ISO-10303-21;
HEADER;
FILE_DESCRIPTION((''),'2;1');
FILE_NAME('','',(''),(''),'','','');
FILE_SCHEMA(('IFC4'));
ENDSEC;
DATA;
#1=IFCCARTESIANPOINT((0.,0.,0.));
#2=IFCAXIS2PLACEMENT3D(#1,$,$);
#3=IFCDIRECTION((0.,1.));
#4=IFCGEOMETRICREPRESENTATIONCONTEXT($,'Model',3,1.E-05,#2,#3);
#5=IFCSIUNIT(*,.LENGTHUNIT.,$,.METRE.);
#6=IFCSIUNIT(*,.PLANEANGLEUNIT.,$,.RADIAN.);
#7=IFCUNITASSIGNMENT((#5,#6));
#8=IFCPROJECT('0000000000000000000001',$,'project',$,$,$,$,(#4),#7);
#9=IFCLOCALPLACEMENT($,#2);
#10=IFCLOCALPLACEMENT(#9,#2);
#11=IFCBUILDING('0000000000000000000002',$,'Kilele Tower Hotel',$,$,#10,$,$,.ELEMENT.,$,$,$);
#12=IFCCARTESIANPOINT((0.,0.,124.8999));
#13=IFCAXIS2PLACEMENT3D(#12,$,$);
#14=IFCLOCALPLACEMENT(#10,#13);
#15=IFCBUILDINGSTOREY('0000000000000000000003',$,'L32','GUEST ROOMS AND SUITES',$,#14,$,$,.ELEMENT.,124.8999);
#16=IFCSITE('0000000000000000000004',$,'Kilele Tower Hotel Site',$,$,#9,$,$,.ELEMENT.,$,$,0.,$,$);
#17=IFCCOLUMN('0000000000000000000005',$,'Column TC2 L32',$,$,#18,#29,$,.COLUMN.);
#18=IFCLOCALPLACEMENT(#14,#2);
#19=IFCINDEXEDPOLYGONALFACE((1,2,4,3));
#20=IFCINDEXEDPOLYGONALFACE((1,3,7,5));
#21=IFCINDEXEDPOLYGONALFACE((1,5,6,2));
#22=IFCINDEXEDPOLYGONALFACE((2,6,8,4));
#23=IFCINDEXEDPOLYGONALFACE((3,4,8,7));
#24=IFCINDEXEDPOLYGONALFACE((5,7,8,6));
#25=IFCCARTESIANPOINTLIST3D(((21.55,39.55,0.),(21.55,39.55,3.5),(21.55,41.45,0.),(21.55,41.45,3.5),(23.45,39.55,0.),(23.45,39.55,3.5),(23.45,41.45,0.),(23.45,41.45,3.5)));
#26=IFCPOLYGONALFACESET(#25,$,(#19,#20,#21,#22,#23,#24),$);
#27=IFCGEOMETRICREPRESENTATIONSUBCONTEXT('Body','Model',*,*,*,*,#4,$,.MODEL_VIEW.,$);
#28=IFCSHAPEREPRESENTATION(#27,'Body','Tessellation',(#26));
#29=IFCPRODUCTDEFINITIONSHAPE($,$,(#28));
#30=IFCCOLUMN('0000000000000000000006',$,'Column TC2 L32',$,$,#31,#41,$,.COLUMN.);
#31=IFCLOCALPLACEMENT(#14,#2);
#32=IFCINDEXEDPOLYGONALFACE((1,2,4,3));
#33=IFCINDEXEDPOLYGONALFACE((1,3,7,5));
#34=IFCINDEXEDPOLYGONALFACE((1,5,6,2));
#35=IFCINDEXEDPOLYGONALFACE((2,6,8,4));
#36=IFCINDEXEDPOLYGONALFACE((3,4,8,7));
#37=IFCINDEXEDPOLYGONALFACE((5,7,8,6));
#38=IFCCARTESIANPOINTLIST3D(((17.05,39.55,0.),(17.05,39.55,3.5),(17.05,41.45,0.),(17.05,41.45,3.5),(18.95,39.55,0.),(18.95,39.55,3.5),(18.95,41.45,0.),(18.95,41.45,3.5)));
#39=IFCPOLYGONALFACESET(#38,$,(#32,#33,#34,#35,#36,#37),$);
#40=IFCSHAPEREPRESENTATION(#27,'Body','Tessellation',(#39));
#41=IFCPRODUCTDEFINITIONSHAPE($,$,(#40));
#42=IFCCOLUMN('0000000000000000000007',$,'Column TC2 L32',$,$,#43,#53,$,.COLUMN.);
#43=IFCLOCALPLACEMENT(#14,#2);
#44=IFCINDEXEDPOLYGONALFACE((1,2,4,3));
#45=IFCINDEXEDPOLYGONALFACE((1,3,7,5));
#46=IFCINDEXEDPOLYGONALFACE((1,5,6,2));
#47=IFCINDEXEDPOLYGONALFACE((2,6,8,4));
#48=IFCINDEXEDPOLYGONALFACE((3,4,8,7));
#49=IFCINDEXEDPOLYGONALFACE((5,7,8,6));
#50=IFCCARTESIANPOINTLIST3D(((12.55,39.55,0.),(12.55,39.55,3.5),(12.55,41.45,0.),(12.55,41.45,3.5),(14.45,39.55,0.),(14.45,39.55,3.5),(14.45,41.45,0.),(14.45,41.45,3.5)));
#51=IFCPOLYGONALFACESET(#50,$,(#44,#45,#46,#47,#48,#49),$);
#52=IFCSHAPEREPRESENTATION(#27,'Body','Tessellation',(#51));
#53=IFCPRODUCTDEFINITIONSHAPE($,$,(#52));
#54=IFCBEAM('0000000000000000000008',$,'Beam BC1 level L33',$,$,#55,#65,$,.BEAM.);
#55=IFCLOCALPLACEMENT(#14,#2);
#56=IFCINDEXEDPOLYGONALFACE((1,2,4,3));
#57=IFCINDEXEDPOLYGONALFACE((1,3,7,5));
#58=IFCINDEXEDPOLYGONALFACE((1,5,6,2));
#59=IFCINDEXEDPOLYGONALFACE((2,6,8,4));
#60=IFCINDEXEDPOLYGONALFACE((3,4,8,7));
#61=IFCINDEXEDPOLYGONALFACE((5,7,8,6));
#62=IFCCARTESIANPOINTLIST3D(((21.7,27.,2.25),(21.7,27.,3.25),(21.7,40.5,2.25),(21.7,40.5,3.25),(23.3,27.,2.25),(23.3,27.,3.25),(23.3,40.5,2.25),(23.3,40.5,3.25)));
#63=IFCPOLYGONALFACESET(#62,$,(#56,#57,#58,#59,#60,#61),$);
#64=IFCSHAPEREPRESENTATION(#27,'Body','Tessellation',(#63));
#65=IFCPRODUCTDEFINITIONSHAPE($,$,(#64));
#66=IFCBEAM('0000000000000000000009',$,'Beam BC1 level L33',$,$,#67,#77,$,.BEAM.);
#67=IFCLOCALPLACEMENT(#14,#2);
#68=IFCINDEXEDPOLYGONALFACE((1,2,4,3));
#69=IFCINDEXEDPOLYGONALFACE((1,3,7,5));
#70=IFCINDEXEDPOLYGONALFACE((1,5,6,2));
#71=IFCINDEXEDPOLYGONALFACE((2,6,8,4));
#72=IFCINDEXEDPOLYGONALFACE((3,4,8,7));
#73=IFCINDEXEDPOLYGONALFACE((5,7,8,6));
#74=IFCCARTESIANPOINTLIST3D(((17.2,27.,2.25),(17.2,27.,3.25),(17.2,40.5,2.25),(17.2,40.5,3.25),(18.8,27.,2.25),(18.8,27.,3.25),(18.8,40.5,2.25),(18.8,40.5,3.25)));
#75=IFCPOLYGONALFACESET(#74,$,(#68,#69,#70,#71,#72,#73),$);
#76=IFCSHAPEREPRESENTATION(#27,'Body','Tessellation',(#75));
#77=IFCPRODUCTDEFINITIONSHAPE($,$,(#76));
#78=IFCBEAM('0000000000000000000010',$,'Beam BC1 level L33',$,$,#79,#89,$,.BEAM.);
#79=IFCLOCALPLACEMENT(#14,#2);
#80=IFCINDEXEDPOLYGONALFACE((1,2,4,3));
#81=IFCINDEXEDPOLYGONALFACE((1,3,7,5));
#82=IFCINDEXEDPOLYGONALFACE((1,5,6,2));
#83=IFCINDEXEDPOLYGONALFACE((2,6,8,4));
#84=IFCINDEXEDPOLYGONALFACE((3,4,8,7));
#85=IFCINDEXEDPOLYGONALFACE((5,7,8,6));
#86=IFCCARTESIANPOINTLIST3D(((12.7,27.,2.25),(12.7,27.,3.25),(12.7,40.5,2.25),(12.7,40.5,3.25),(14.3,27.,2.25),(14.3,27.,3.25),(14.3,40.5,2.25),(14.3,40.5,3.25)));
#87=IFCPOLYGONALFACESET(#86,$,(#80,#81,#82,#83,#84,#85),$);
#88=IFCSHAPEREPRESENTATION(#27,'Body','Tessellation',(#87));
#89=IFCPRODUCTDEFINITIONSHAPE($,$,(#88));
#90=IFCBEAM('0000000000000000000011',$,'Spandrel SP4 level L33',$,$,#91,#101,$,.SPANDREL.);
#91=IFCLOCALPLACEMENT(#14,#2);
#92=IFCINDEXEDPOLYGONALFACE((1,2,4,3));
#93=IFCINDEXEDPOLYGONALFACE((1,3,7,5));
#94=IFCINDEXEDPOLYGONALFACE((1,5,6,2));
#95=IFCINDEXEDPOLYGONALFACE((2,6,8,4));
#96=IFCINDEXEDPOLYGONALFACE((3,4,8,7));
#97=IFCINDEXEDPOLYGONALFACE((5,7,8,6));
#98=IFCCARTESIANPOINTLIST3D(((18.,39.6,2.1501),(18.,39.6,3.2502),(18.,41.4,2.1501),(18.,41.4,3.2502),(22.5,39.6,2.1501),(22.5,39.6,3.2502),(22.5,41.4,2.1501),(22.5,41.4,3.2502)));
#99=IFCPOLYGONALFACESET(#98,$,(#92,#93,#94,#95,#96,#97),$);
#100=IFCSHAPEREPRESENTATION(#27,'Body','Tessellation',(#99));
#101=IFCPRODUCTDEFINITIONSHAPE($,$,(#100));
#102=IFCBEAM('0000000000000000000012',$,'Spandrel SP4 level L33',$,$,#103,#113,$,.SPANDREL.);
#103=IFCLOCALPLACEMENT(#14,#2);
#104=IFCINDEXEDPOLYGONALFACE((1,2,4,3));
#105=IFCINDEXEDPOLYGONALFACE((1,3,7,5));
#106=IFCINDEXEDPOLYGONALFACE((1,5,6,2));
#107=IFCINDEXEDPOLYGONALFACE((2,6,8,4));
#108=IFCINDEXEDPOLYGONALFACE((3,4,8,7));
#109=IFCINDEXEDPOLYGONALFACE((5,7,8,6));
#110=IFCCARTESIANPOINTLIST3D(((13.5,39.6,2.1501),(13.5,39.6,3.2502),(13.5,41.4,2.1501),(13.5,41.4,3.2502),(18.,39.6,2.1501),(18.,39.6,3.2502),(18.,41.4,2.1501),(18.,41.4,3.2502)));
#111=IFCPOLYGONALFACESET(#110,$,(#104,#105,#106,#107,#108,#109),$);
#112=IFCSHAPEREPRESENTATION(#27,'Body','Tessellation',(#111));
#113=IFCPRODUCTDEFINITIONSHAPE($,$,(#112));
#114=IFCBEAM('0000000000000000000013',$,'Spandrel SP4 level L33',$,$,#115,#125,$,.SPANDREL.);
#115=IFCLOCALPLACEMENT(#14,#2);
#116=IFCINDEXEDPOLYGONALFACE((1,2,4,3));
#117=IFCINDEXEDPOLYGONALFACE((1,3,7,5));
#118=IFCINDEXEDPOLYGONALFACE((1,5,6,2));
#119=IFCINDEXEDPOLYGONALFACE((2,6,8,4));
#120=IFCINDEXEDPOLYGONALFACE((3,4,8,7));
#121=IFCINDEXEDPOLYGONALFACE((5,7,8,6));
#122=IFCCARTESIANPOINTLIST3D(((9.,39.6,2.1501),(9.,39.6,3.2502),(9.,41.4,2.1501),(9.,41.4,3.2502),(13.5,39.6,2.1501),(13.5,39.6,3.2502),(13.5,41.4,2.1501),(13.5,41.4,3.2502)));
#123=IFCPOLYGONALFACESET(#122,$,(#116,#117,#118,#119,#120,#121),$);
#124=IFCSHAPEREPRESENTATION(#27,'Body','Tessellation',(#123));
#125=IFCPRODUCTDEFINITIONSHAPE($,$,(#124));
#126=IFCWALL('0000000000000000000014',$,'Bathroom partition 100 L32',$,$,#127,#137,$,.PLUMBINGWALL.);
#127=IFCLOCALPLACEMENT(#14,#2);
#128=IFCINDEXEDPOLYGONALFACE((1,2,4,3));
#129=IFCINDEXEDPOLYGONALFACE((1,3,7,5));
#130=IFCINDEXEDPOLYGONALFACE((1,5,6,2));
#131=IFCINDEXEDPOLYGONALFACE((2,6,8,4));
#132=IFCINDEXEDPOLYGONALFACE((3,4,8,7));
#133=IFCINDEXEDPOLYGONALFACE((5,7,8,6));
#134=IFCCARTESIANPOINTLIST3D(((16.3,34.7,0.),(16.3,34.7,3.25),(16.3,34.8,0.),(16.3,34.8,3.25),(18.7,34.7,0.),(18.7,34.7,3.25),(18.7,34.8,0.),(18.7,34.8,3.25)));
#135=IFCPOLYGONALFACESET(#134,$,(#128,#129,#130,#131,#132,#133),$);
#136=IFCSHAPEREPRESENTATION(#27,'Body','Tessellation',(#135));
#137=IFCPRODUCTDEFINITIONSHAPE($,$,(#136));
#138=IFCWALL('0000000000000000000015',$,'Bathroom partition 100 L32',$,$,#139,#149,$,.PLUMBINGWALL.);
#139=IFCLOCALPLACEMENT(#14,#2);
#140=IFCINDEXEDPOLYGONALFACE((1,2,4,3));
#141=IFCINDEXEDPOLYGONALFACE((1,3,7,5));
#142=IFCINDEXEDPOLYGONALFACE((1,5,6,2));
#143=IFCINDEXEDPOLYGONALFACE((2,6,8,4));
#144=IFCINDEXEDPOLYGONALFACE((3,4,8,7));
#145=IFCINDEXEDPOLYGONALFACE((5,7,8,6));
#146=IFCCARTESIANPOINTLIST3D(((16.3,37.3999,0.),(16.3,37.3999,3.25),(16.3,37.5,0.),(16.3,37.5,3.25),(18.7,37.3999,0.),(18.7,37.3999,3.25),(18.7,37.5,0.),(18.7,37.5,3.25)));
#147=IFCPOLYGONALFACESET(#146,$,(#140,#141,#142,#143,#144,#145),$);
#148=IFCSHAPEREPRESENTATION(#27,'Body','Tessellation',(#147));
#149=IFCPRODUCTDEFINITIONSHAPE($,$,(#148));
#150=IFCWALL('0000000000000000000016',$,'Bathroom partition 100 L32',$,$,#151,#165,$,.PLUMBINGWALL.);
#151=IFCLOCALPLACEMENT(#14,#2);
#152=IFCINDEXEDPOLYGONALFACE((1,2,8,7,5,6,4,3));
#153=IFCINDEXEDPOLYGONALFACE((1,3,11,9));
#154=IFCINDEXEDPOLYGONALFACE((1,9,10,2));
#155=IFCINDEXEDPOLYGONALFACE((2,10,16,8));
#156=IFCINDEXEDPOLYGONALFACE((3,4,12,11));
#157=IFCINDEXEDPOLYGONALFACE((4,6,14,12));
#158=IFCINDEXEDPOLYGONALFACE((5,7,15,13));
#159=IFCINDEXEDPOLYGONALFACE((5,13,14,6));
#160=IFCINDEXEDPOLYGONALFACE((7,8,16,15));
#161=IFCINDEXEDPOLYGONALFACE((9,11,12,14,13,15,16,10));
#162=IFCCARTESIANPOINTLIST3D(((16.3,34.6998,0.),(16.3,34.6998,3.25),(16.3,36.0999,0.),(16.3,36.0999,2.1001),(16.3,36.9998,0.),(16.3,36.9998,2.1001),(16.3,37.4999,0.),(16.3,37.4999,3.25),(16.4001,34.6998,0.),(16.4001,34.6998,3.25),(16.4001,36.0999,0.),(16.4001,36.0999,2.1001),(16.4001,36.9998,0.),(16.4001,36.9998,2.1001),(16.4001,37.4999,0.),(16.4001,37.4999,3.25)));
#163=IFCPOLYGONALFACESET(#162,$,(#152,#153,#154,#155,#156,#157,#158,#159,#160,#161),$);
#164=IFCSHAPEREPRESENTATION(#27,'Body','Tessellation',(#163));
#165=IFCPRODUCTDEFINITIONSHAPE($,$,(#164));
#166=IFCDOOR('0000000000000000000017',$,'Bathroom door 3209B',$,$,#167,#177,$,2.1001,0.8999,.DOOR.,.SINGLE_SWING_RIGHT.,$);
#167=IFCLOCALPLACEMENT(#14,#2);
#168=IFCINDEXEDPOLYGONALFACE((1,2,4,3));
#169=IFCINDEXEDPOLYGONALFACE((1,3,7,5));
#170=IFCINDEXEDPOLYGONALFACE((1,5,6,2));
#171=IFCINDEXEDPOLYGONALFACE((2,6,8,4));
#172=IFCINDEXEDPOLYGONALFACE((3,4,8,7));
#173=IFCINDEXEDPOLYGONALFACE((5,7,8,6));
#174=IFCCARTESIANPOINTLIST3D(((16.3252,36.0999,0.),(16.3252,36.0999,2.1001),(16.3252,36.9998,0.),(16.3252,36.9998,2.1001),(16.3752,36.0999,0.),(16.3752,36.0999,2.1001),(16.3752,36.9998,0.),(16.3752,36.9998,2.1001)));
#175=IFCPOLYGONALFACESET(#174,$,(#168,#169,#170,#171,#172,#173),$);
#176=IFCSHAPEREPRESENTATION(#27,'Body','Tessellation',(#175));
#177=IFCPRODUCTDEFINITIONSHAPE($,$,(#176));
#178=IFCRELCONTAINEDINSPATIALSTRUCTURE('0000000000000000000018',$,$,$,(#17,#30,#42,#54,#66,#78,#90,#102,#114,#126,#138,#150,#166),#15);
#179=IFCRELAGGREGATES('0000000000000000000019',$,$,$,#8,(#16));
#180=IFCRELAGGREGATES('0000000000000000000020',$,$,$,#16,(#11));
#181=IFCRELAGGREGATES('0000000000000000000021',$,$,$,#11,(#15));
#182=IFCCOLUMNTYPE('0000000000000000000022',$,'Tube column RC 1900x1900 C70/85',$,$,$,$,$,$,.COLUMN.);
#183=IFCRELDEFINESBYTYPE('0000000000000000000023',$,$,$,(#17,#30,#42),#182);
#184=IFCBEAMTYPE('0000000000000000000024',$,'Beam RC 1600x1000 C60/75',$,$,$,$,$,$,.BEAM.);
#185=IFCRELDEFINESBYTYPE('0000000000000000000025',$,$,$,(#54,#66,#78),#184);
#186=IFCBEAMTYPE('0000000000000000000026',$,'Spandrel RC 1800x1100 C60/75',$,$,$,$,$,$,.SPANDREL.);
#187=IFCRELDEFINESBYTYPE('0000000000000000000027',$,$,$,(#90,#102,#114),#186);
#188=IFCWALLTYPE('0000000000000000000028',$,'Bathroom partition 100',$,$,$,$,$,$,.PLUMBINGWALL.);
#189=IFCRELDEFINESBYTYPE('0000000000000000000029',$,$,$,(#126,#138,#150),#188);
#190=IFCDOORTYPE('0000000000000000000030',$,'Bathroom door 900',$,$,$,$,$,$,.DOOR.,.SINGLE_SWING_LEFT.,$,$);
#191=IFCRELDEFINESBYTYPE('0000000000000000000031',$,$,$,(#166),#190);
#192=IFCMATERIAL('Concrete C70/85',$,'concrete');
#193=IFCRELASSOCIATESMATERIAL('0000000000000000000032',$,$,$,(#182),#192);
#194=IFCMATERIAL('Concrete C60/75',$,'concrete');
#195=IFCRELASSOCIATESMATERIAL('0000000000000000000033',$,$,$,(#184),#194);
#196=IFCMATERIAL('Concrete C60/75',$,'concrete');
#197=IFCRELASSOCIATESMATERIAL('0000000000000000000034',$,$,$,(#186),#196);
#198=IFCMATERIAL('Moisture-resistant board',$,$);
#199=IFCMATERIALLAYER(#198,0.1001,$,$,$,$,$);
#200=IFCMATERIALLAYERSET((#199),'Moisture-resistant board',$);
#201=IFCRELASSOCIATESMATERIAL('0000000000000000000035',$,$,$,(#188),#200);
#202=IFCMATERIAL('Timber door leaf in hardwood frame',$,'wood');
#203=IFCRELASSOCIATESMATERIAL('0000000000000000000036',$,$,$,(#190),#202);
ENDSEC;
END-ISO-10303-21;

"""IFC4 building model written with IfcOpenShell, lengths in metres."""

from ifc_helpers import new_model, si_unit, direction, frame, frame_2d, origin, origin_2d, place, context, subcontext, project, spatial, rectangle, extrude, material, layer, layer_set, material_profile, profile_set, type_object, element, fill, save


model = new_model("IFC4")

# Units and contexts
model_context = context("Model", 3, precision=1e-05, world=origin(), true_north=direction((0.0, 1.0)))
body_context = subcontext(model_context, "Body", "Model", "MODEL_VIEW")
ifc_project = project(units=[si_unit("LENGTHUNIT", "METRE"), si_unit("PLANEANGLEUNIT", "RADIAN")], contexts=[model_context])

# Site, building, storey
site_placement = place(None, origin())
site = spatial("IfcSite", under=ifc_project, at=site_placement, Name="Kilele Tower Hotel Site", CompositionType="ELEMENT", RefElevation=0.0)
building_placement = place(site_placement, origin())
building = spatial("IfcBuilding", under=site, at=building_placement, Name="Kilele Tower Hotel", CompositionType="ELEMENT")
storey_placement = place(building_placement, frame((0.0, 0.0, 124.8999)))
storey = spatial("IfcBuildingStorey", under=building, at=storey_placement, Name="L32", Description="GUEST ROOMS AND SUITES", CompositionType="ELEMENT", Elevation=124.8999)

# Columns
ifc_material_1 = material(Name="Concrete C70/85", Category="concrete")
ifc_material_profile_1 = material_profile(ifc_material_1, rectangle(XDim=1.8999, YDim=1.8999, at=origin_2d()))
ifc_profile_set_1 = profile_set([ifc_material_profile_1], Name="Concrete C70/85")
column_type = type_object("IfcColumnType", Name="Tube column RC 1900x1900 C70/85", PredefinedType="COLUMN", material=ifc_profile_set_1)
for number, where, z_axis, x_axis, name in (
    (1, (22.5, 40.5, 0.0), (0.0, 0.0, 1.0), (1.0, 0.0, 0.0), "Column TC2 L32"),
    (2, (18.0, 40.5, 0.0), (0.0, 0.0, 1.0), (1.0, 0.0, 0.0), "Column TC2 L32"),
    (3, (13.5, 40.5, 0.0), (0.0, 0.0, 1.0), (1.0, 0.0, 0.0), "Column TC2 L32"),
):
    element("IfcColumn", number, at=place(storey_placement, frame(where, z_axis=z_axis, x_axis=x_axis)), inside=storey, type_object=column_type, Name=name, PredefinedType="COLUMN", context=body_context, shape_type="SweptSolid", body=[
        extrude(rectangle(XDim=1.8999, YDim=1.8999, at=origin_2d()), origin(), (0.0, 0.0, 1.0), 3.5),
    ])

# Beams
ifc_material_2 = material(Name="Concrete C60/75", Category="concrete")
ifc_material_profile_2 = material_profile(ifc_material_2, rectangle(XDim=1.6001, YDim=1.0, at=origin_2d()))
ifc_profile_set_2 = profile_set([ifc_material_profile_2], Name="Concrete C60/75")
beam_type_1 = type_object("IfcBeamType", Name="Beam RC 1600x1000 C60/75", PredefinedType="BEAM", material=ifc_profile_set_2)
for number, where, z_axis, x_axis, name in (
    (4, (22.5, 40.5, 2.75), (0.0, -1.0, 0.0), (1.0, 0.0, 0.0), "Beam BC1 level L33"),
    (5, (18.0, 40.5, 2.75), (0.0, -1.0, 0.0), (1.0, 0.0, 0.0), "Beam BC1 level L33"),
    (6, (13.5, 40.5, 2.75), (0.0, -1.0, 0.0), (1.0, 0.0, 0.0), "Beam BC1 level L33"),
):
    element("IfcBeam", number, at=place(storey_placement, frame(where, z_axis=z_axis, x_axis=x_axis)), inside=storey, type_object=beam_type_1, Name=name, PredefinedType="BEAM", context=body_context, shape_type="SweptSolid", body=[
        extrude(rectangle(XDim=1.6001, YDim=1.0, at=origin_2d()), origin(), (0.0, 0.0, 1.0), 13.5),
    ])
ifc_material_3 = material(Name="Concrete C60/75", Category="concrete")
ifc_material_profile_3 = material_profile(ifc_material_3, rectangle(XDim=1.8, YDim=1.1001, at=origin_2d()))
ifc_profile_set_3 = profile_set([ifc_material_profile_3], Name="Concrete C60/75")
beam_type_2 = type_object("IfcBeamType", Name="Spandrel RC 1800x1100 C60/75", PredefinedType="SPANDREL", material=ifc_profile_set_3)
for number, where, z_axis, x_axis, name in (
    (7, (22.5, 40.5, 2.7002), (-1.0, 0.0, 0.0), (0.0, -1.0, 0.0), "Spandrel SP4 level L33"),
    (8, (18.0, 40.5, 2.7002), (-1.0, 0.0, 0.0), (0.0, -1.0, 0.0), "Spandrel SP4 level L33"),
    (9, (13.5, 40.5, 2.7002), (-1.0, 0.0, 0.0), (0.0, -1.0, 0.0), "Spandrel SP4 level L33"),
):
    element("IfcBeam", number, at=place(storey_placement, frame(where, z_axis=z_axis, x_axis=x_axis)), inside=storey, type_object=beam_type_2, Name=name, PredefinedType="SPANDREL", context=body_context, shape_type="SweptSolid", body=[
        extrude(rectangle(XDim=1.8, YDim=1.1001, at=origin_2d()), origin(), (0.0, 0.0, 1.0), 4.5),
    ])

# Walls
ifc_material_4 = material(Name="Moisture-resistant board")
ifc_layer_1 = layer(ifc_material_4, 0.1001)
ifc_layer_set_1 = layer_set([ifc_layer_1], Name="Moisture-resistant board")
wall_type_1 = type_object("IfcWallType", Name="Bathroom partition 100", PredefinedType="PLUMBINGWALL", material=ifc_layer_set_1)
for number, where, z_axis, x_axis, name in (
    (10, (16.3, 34.75, 0.0), (0.0, 0.0, 1.0), (1.0, 0.0, 0.0), "Bathroom partition 100 L32"),
    (11, (16.3, 37.45, 0.0), (0.0, 0.0, 1.0), (1.0, 0.0, 0.0), "Bathroom partition 100 L32"),
):
    element("IfcWall", number, at=place(storey_placement, frame(where, z_axis=z_axis, x_axis=x_axis)), inside=storey, type_object=wall_type_1, Name=name, PredefinedType="PLUMBINGWALL", context=body_context, shape_type="SweptSolid", body=[
        extrude(rectangle(XDim=2.3999, YDim=0.1001, at=frame_2d((1.2, 0.0))), origin(), (0.0, 0.0, 1.0), 3.25),
    ])

# Wall, opening, door
wall_1_placement = place(storey_placement, frame((16.3501, 34.7, 0.0), z_axis=(0.0, 0.0, 1.0), x_axis=(0.0, 1.0, 0.0)))
wall_1 = element("IfcWall", 12, at=wall_1_placement, inside=storey, type_object=wall_type_1, Name="Bathroom partition 100 L32", PredefinedType="PLUMBINGWALL", context=body_context, shape_type="SweptSolid", body=[
    extrude(rectangle(XDim=2.8, YDim=0.1001, at=frame_2d((1.3999, 0.0))), origin(), (0.0, 0.0, 1.0), 3.25),
])
opening_1_placement = place(wall_1_placement, frame((1.3999, 0.0, 0.0)))
opening_1 = element("IfcOpeningElement", 13, at=opening_1_placement, cuts=wall_1, PredefinedType="OPENING", context=body_context, shape_type="SweptSolid", body=[
    extrude(rectangle(XDim=0.8999, YDim=2.1001, at=frame_2d((0.45, 1.05))), frame((0.0, 0.0601, 0.0), z_axis=(0.0, -1.0, 0.0), x_axis=(1.0, 0.0, 0.0)), (0.0, 0.0, 1.0), 0.1201),
])
ifc_material_5 = material(Name="Timber door leaf in hardwood frame", Category="wood")
door_type_1 = type_object("IfcDoorType", Name="Bathroom door 900", OperationType="SINGLE_SWING_LEFT", PredefinedType="DOOR", material=ifc_material_5)
door_1_placement = place(opening_1_placement, origin())
door_1 = element("IfcDoor", 14, at=door_1_placement, inside=storey, type_object=door_type_1, Name="Bathroom door 3209B", OperationType="SINGLE_SWING_RIGHT", OverallHeight=2.1001, OverallWidth=0.8999, PredefinedType="DOOR", context=body_context, shape_type="SweptSolid", body=[
    extrude(rectangle(XDim=0.8999, YDim=2.1001, at=frame_2d((0.45, 1.05))), frame((0.0, 0.0249, 0.0), z_axis=(0.0, -1.0, 0.0), x_axis=(1.0, 0.0, 0.0)), (0.0, 0.0, 1.0), 0.05),
])
fill(opening_1, door_1)

save(model, "model.ifc")
